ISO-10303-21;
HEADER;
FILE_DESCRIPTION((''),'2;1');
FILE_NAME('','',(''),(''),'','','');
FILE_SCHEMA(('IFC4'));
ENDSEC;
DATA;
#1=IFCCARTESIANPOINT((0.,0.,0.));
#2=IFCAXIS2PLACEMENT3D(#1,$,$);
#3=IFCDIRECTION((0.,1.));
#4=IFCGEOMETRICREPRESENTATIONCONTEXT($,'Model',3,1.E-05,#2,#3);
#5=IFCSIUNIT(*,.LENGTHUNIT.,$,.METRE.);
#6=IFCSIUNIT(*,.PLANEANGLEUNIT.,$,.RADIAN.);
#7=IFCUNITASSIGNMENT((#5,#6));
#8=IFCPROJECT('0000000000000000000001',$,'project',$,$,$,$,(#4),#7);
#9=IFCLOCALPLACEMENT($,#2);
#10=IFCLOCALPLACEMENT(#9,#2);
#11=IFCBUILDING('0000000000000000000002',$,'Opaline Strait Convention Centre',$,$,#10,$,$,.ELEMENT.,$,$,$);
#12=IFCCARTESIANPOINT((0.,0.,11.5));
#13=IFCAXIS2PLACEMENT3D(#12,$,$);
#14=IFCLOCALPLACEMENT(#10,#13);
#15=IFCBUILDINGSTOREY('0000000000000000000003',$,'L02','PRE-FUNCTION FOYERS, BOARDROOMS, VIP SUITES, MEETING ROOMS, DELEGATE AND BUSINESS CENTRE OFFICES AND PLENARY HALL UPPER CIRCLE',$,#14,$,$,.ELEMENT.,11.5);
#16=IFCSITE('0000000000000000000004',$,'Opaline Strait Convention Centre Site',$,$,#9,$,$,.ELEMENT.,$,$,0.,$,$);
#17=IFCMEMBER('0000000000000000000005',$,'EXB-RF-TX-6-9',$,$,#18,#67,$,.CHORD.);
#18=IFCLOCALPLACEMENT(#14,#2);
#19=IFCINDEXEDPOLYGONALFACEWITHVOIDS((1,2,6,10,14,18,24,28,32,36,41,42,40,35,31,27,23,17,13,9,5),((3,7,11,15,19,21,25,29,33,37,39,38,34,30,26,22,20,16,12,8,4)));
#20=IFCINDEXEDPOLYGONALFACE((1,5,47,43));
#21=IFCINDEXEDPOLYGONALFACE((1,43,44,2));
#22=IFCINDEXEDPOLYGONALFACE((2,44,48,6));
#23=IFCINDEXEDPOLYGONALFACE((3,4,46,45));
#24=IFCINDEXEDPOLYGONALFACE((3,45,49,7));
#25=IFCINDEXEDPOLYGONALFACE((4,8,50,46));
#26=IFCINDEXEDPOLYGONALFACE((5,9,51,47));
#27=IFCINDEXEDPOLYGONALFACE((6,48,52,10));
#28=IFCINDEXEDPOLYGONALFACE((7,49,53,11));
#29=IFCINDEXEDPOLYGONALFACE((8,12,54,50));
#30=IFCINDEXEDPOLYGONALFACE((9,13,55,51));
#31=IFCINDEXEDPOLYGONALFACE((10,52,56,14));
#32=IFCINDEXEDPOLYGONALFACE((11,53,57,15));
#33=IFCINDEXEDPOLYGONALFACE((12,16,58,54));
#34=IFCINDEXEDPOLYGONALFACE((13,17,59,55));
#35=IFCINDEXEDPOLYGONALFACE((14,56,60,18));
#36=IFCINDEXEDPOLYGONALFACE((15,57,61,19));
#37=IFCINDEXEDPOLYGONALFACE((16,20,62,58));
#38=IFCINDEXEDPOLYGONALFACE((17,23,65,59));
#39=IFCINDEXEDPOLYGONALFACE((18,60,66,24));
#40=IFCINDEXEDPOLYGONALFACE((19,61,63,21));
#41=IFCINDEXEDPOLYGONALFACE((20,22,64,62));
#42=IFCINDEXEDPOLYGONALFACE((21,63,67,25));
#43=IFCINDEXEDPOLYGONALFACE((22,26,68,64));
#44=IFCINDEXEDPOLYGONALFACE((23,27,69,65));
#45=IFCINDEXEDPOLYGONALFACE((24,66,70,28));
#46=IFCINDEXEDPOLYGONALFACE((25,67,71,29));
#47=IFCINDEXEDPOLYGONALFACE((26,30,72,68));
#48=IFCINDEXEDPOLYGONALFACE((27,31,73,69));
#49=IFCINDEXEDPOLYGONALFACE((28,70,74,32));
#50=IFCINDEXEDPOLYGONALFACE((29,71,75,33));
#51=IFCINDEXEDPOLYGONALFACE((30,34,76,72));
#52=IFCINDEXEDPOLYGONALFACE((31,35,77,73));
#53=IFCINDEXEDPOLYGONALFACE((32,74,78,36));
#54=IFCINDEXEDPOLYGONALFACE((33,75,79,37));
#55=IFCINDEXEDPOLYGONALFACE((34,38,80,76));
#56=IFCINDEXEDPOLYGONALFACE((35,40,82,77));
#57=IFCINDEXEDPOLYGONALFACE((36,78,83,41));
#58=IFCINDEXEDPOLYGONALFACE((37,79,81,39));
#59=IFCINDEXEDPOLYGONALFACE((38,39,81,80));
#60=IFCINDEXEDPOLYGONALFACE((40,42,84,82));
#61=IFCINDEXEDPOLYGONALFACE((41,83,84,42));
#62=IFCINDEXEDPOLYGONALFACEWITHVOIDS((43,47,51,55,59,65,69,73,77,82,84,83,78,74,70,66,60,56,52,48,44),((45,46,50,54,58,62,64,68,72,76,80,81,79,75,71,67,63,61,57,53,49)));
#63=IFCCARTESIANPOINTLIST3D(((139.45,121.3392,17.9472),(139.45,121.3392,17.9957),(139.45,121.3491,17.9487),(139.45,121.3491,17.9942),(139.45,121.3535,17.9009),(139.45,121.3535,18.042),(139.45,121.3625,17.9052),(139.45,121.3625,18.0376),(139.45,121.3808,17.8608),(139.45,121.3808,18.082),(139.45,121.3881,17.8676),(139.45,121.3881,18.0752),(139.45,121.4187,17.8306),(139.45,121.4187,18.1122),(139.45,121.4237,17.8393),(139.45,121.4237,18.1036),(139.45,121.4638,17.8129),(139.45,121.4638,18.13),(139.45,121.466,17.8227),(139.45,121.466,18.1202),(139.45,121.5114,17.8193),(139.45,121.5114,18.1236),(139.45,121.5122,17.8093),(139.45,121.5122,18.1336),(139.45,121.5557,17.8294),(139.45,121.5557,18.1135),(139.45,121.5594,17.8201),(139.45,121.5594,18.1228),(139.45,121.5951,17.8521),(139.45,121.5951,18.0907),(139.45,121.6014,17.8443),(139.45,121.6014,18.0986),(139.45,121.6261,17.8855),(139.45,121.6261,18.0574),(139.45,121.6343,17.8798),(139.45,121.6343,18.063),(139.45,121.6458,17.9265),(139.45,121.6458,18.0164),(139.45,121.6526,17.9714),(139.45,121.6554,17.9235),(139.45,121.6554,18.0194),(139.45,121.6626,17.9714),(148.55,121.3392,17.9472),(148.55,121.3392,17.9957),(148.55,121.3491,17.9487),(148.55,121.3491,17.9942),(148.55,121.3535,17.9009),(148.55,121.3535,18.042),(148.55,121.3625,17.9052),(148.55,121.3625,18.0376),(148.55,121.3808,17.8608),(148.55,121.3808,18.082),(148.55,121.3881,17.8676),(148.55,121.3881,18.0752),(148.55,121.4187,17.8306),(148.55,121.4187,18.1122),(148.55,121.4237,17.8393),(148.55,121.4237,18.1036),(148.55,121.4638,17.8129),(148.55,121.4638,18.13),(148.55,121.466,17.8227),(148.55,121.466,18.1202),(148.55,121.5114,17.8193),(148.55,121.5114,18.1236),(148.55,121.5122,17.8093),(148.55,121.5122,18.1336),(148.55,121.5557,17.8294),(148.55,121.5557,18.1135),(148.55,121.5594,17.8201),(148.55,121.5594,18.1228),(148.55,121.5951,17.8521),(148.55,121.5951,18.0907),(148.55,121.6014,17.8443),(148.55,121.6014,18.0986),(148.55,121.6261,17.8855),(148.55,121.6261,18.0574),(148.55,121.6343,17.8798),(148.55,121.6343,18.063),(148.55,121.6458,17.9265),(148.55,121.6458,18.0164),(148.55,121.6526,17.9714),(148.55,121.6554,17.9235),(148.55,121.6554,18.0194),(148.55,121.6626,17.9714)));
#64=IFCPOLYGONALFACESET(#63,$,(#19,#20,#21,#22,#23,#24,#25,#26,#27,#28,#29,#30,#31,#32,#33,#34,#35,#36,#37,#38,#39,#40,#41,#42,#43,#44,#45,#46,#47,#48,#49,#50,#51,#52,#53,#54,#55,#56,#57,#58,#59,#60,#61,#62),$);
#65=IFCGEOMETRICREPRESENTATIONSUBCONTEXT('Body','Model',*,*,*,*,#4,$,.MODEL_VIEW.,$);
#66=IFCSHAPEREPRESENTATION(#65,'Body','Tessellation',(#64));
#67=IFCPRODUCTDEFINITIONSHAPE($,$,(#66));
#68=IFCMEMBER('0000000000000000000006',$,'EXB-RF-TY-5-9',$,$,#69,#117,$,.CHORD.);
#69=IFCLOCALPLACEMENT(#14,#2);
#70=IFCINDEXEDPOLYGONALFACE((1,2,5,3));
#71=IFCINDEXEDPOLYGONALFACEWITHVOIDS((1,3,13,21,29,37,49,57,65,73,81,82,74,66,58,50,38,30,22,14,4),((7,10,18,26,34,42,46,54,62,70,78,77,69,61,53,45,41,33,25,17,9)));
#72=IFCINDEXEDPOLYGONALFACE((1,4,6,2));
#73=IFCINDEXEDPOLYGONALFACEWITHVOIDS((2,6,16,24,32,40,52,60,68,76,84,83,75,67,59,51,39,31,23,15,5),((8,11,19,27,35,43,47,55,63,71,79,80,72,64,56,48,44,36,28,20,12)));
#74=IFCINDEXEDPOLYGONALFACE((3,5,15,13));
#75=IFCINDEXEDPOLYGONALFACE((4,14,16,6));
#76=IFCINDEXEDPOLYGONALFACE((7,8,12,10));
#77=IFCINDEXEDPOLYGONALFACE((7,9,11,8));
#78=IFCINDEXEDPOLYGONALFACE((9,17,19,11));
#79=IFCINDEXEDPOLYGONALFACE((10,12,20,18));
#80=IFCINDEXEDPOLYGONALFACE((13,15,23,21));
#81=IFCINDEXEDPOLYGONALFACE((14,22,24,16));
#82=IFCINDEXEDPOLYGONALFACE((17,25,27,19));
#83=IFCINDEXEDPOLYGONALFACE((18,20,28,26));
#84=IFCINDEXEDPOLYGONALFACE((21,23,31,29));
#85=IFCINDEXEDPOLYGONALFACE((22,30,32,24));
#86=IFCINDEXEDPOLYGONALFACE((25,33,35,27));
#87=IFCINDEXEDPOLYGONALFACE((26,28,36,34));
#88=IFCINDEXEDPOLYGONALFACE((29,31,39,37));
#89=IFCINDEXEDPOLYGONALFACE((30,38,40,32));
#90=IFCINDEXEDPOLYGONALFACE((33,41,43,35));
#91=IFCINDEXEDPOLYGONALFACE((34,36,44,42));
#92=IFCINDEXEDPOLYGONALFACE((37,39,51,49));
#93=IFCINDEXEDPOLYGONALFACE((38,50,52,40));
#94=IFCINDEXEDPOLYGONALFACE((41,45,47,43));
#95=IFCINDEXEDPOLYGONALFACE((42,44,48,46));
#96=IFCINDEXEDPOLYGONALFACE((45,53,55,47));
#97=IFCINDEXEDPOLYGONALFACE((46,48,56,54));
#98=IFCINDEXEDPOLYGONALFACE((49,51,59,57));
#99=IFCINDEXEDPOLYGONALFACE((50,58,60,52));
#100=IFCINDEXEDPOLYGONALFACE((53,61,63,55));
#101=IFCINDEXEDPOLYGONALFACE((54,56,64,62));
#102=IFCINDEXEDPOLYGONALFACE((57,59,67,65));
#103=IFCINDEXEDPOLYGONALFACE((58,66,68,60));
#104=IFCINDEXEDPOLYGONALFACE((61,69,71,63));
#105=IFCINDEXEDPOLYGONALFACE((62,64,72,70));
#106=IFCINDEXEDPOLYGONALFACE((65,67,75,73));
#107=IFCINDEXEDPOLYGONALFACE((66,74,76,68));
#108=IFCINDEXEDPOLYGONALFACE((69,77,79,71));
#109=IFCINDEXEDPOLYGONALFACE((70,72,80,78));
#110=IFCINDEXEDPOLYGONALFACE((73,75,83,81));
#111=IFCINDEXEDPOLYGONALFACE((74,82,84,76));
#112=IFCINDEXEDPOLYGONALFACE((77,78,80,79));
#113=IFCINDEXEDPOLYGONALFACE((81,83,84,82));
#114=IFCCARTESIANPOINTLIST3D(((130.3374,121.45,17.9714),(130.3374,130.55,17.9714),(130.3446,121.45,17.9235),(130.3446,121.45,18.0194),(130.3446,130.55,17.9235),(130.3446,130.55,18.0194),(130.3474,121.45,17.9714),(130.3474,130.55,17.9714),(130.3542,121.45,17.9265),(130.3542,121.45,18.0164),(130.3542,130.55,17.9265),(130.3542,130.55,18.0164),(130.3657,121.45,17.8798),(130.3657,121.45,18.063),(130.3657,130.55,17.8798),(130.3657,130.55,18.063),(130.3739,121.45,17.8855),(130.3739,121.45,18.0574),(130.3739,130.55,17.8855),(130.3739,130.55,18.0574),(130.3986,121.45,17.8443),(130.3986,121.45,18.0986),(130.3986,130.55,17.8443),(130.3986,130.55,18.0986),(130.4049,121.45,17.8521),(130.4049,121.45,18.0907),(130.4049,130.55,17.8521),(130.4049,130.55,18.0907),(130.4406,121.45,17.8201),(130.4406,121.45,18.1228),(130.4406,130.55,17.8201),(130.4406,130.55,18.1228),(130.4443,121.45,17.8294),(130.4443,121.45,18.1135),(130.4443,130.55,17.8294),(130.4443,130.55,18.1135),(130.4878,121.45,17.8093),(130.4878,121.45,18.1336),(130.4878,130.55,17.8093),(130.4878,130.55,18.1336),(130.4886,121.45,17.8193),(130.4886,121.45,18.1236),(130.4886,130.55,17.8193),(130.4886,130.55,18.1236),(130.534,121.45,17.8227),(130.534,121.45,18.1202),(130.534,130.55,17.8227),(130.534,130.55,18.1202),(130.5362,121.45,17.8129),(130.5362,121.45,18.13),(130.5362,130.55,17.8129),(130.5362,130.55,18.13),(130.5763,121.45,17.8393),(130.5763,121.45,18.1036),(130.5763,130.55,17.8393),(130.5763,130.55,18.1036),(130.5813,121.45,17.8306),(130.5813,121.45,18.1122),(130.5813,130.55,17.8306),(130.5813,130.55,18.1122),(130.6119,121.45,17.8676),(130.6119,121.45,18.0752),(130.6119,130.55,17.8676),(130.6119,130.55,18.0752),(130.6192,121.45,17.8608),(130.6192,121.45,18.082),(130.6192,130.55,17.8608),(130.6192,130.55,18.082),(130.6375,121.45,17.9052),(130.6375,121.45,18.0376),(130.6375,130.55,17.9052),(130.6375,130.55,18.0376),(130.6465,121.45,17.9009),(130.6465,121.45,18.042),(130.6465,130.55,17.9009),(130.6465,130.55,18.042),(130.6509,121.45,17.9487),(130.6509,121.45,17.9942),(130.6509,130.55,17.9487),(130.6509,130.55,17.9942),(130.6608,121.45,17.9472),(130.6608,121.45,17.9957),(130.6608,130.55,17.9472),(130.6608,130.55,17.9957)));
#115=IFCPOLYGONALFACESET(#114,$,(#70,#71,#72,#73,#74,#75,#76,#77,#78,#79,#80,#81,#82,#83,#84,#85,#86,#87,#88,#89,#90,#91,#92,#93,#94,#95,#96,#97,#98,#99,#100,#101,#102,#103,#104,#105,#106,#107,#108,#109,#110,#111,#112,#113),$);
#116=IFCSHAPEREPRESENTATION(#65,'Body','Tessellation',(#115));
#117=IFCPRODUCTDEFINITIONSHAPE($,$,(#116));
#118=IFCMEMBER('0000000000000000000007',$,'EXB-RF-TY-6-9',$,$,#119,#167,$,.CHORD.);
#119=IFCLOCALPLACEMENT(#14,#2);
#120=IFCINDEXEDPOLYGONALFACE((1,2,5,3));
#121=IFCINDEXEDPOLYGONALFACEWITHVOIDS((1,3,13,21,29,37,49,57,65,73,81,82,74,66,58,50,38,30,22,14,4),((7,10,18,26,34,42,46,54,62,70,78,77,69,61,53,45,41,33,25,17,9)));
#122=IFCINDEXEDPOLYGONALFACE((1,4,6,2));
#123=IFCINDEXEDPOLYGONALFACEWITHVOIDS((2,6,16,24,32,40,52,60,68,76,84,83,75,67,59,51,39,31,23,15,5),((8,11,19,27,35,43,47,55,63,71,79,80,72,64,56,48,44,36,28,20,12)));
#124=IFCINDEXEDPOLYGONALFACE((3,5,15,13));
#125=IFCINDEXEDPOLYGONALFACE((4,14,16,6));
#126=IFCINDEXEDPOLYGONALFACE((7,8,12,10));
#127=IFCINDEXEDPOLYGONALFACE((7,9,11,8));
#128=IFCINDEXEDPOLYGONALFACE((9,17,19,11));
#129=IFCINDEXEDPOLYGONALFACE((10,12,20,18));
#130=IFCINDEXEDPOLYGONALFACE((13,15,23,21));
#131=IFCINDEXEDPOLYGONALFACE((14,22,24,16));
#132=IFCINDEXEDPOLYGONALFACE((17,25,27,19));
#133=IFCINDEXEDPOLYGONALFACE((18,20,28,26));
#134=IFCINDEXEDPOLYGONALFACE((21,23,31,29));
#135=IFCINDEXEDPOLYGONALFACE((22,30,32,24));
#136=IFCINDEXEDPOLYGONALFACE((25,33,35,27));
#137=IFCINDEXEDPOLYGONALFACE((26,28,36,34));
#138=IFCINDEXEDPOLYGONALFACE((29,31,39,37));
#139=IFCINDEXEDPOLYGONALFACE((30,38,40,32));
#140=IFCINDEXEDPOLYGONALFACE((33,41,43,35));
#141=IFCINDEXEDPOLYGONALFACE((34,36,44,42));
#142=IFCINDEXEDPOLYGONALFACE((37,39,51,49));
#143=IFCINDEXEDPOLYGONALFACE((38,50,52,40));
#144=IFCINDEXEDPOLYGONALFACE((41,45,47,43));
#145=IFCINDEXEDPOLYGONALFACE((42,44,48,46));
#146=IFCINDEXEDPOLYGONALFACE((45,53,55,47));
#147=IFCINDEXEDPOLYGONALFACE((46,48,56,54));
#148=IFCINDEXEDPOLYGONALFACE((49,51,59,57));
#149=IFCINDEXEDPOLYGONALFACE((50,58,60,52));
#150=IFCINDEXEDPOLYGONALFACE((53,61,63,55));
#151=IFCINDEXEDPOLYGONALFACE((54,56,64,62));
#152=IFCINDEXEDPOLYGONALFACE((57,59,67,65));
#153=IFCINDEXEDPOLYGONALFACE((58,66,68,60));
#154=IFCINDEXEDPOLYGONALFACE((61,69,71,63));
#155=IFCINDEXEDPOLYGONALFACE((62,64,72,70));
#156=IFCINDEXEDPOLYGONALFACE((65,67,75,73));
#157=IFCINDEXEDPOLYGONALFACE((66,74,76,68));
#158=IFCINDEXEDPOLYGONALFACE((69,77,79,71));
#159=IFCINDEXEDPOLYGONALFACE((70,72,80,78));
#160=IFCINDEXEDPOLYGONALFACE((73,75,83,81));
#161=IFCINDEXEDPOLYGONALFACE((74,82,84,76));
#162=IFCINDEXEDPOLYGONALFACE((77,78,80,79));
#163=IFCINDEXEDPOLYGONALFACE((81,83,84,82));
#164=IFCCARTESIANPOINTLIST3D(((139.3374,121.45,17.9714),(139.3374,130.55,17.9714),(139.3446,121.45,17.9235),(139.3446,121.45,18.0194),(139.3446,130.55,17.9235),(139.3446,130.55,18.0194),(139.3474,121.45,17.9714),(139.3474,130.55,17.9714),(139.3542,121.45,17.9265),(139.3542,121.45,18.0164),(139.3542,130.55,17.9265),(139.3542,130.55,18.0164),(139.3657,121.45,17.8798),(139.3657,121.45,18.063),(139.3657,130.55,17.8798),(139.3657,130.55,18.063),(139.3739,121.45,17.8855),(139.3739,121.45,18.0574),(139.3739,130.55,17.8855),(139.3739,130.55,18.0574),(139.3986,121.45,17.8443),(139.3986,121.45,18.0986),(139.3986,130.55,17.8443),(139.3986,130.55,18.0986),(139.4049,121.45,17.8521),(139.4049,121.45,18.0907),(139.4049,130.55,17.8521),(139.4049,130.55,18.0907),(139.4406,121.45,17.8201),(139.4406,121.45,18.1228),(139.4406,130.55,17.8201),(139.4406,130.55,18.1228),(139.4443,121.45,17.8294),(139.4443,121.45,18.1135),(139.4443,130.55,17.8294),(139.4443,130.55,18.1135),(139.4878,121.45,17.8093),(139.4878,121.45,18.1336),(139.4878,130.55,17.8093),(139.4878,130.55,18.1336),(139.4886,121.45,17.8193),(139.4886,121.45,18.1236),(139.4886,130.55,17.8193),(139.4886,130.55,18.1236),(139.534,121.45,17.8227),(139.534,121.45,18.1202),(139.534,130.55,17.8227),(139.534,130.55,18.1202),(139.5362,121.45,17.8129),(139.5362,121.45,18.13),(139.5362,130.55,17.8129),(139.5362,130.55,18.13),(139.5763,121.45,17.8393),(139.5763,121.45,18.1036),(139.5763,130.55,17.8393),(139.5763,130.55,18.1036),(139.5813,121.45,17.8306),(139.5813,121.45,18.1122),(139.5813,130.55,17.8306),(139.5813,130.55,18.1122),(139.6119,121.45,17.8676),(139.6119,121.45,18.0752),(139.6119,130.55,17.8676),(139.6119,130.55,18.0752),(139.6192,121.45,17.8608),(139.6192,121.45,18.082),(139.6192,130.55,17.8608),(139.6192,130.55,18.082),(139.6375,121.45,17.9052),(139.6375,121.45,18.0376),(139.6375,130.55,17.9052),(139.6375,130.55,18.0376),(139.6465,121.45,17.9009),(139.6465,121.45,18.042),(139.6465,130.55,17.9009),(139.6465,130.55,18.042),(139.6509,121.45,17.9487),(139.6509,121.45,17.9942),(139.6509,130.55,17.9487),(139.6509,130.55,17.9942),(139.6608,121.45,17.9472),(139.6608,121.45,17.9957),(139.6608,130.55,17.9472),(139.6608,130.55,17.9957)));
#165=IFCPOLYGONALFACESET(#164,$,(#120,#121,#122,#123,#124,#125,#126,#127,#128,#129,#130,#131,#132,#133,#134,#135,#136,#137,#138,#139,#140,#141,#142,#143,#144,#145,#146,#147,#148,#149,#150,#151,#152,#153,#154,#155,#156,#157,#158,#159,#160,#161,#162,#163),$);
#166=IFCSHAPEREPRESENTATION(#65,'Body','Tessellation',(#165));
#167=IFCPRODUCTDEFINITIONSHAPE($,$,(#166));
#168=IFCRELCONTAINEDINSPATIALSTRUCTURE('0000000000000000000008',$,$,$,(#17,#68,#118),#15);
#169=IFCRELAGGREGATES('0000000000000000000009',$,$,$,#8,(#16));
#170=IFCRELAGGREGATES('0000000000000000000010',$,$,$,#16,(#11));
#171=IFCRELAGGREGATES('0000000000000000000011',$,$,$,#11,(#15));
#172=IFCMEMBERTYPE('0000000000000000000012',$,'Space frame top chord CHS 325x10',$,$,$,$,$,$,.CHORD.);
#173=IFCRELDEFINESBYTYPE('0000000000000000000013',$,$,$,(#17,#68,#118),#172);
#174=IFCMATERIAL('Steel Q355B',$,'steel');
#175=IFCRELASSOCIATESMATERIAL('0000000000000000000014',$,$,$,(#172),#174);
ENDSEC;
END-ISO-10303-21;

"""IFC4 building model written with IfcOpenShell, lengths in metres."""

from ifc_helpers import new_model, si_unit, direction, frame, origin, origin_2d, place, context, subcontext, project, spatial, hollow_circle, extrude, material, material_profile, profile_set, type_object, element, save


model = new_model("IFC4")

# Units and contexts
model_context = context("Model", 3, precision=1e-05, world=origin(), true_north=direction((0.0, 1.0)))
body_context = subcontext(model_context, "Body", "Model", "MODEL_VIEW")
ifc_project = project(units=[si_unit("LENGTHUNIT", "METRE"), si_unit("PLANEANGLEUNIT", "RADIAN")], contexts=[model_context])

# Site, building, storey
site_placement = place(None, origin())
site = spatial("IfcSite", under=ifc_project, at=site_placement, Name="Opaline Strait Convention Centre Site", CompositionType="ELEMENT", RefElevation=0.0)
building_placement = place(site_placement, origin())
building = spatial("IfcBuilding", under=site, at=building_placement, Name="Opaline Strait Convention Centre", CompositionType="ELEMENT")
storey_placement = place(building_placement, frame((0.0, 0.0, 11.5)))
storey = spatial("IfcBuildingStorey", under=building, at=storey_placement, Name="L02", Description="PRE-FUNCTION FOYERS, BOARDROOMS, VIP SUITES, MEETING ROOMS, DELEGATE AND BUSINESS CENTRE OFFICES AND PLENARY HALL UPPER CIRCLE", CompositionType="ELEMENT", Elevation=11.5)

# Members
ifc_material = material(Name="Steel Q355B", Category="steel")
ifc_material_profile_1 = material_profile(ifc_material, hollow_circle(Radius=0.1626, WallThickness=0.01, at=origin_2d()), Name="CHS 325x10")
ifc_profile_set_1 = profile_set([ifc_material_profile_1], Name="Steel Q355B")
member_type_1 = type_object("IfcMemberType", Name="Space frame top chord CHS 325x10", PredefinedType="CHORD", material=ifc_profile_set_1)
for number, where, z_axis, x_axis, name in (
    (1, (139.45, 121.5, 17.9714), (1.0, 0.0, 0.0), (0.0, 1.0, 0.0), "EXB-RF-TX-6-9"),
    (2, (130.5, 121.45, 17.9714), (0.0, 1.0, 0.0), (-1.0, 0.0, 0.0), "EXB-RF-TY-5-9"),
    (3, (139.5, 121.45, 17.9714), (0.0, 1.0, 0.0), (-1.0, 0.0, 0.0), "EXB-RF-TY-6-9"),
):
    element("IfcMember", number, at=place(storey_placement, frame(where, z_axis=z_axis, x_axis=x_axis)), inside=storey, type_object=member_type_1, Name=name, PredefinedType="CHORD", context=body_context, shape_type="SweptSolid", body=[
        extrude(hollow_circle(Radius=0.1626, WallThickness=0.01, at=origin_2d()), origin(), (0.0, 0.0, 1.0), 9.1001),
    ])

save(model, "model.ifc")
